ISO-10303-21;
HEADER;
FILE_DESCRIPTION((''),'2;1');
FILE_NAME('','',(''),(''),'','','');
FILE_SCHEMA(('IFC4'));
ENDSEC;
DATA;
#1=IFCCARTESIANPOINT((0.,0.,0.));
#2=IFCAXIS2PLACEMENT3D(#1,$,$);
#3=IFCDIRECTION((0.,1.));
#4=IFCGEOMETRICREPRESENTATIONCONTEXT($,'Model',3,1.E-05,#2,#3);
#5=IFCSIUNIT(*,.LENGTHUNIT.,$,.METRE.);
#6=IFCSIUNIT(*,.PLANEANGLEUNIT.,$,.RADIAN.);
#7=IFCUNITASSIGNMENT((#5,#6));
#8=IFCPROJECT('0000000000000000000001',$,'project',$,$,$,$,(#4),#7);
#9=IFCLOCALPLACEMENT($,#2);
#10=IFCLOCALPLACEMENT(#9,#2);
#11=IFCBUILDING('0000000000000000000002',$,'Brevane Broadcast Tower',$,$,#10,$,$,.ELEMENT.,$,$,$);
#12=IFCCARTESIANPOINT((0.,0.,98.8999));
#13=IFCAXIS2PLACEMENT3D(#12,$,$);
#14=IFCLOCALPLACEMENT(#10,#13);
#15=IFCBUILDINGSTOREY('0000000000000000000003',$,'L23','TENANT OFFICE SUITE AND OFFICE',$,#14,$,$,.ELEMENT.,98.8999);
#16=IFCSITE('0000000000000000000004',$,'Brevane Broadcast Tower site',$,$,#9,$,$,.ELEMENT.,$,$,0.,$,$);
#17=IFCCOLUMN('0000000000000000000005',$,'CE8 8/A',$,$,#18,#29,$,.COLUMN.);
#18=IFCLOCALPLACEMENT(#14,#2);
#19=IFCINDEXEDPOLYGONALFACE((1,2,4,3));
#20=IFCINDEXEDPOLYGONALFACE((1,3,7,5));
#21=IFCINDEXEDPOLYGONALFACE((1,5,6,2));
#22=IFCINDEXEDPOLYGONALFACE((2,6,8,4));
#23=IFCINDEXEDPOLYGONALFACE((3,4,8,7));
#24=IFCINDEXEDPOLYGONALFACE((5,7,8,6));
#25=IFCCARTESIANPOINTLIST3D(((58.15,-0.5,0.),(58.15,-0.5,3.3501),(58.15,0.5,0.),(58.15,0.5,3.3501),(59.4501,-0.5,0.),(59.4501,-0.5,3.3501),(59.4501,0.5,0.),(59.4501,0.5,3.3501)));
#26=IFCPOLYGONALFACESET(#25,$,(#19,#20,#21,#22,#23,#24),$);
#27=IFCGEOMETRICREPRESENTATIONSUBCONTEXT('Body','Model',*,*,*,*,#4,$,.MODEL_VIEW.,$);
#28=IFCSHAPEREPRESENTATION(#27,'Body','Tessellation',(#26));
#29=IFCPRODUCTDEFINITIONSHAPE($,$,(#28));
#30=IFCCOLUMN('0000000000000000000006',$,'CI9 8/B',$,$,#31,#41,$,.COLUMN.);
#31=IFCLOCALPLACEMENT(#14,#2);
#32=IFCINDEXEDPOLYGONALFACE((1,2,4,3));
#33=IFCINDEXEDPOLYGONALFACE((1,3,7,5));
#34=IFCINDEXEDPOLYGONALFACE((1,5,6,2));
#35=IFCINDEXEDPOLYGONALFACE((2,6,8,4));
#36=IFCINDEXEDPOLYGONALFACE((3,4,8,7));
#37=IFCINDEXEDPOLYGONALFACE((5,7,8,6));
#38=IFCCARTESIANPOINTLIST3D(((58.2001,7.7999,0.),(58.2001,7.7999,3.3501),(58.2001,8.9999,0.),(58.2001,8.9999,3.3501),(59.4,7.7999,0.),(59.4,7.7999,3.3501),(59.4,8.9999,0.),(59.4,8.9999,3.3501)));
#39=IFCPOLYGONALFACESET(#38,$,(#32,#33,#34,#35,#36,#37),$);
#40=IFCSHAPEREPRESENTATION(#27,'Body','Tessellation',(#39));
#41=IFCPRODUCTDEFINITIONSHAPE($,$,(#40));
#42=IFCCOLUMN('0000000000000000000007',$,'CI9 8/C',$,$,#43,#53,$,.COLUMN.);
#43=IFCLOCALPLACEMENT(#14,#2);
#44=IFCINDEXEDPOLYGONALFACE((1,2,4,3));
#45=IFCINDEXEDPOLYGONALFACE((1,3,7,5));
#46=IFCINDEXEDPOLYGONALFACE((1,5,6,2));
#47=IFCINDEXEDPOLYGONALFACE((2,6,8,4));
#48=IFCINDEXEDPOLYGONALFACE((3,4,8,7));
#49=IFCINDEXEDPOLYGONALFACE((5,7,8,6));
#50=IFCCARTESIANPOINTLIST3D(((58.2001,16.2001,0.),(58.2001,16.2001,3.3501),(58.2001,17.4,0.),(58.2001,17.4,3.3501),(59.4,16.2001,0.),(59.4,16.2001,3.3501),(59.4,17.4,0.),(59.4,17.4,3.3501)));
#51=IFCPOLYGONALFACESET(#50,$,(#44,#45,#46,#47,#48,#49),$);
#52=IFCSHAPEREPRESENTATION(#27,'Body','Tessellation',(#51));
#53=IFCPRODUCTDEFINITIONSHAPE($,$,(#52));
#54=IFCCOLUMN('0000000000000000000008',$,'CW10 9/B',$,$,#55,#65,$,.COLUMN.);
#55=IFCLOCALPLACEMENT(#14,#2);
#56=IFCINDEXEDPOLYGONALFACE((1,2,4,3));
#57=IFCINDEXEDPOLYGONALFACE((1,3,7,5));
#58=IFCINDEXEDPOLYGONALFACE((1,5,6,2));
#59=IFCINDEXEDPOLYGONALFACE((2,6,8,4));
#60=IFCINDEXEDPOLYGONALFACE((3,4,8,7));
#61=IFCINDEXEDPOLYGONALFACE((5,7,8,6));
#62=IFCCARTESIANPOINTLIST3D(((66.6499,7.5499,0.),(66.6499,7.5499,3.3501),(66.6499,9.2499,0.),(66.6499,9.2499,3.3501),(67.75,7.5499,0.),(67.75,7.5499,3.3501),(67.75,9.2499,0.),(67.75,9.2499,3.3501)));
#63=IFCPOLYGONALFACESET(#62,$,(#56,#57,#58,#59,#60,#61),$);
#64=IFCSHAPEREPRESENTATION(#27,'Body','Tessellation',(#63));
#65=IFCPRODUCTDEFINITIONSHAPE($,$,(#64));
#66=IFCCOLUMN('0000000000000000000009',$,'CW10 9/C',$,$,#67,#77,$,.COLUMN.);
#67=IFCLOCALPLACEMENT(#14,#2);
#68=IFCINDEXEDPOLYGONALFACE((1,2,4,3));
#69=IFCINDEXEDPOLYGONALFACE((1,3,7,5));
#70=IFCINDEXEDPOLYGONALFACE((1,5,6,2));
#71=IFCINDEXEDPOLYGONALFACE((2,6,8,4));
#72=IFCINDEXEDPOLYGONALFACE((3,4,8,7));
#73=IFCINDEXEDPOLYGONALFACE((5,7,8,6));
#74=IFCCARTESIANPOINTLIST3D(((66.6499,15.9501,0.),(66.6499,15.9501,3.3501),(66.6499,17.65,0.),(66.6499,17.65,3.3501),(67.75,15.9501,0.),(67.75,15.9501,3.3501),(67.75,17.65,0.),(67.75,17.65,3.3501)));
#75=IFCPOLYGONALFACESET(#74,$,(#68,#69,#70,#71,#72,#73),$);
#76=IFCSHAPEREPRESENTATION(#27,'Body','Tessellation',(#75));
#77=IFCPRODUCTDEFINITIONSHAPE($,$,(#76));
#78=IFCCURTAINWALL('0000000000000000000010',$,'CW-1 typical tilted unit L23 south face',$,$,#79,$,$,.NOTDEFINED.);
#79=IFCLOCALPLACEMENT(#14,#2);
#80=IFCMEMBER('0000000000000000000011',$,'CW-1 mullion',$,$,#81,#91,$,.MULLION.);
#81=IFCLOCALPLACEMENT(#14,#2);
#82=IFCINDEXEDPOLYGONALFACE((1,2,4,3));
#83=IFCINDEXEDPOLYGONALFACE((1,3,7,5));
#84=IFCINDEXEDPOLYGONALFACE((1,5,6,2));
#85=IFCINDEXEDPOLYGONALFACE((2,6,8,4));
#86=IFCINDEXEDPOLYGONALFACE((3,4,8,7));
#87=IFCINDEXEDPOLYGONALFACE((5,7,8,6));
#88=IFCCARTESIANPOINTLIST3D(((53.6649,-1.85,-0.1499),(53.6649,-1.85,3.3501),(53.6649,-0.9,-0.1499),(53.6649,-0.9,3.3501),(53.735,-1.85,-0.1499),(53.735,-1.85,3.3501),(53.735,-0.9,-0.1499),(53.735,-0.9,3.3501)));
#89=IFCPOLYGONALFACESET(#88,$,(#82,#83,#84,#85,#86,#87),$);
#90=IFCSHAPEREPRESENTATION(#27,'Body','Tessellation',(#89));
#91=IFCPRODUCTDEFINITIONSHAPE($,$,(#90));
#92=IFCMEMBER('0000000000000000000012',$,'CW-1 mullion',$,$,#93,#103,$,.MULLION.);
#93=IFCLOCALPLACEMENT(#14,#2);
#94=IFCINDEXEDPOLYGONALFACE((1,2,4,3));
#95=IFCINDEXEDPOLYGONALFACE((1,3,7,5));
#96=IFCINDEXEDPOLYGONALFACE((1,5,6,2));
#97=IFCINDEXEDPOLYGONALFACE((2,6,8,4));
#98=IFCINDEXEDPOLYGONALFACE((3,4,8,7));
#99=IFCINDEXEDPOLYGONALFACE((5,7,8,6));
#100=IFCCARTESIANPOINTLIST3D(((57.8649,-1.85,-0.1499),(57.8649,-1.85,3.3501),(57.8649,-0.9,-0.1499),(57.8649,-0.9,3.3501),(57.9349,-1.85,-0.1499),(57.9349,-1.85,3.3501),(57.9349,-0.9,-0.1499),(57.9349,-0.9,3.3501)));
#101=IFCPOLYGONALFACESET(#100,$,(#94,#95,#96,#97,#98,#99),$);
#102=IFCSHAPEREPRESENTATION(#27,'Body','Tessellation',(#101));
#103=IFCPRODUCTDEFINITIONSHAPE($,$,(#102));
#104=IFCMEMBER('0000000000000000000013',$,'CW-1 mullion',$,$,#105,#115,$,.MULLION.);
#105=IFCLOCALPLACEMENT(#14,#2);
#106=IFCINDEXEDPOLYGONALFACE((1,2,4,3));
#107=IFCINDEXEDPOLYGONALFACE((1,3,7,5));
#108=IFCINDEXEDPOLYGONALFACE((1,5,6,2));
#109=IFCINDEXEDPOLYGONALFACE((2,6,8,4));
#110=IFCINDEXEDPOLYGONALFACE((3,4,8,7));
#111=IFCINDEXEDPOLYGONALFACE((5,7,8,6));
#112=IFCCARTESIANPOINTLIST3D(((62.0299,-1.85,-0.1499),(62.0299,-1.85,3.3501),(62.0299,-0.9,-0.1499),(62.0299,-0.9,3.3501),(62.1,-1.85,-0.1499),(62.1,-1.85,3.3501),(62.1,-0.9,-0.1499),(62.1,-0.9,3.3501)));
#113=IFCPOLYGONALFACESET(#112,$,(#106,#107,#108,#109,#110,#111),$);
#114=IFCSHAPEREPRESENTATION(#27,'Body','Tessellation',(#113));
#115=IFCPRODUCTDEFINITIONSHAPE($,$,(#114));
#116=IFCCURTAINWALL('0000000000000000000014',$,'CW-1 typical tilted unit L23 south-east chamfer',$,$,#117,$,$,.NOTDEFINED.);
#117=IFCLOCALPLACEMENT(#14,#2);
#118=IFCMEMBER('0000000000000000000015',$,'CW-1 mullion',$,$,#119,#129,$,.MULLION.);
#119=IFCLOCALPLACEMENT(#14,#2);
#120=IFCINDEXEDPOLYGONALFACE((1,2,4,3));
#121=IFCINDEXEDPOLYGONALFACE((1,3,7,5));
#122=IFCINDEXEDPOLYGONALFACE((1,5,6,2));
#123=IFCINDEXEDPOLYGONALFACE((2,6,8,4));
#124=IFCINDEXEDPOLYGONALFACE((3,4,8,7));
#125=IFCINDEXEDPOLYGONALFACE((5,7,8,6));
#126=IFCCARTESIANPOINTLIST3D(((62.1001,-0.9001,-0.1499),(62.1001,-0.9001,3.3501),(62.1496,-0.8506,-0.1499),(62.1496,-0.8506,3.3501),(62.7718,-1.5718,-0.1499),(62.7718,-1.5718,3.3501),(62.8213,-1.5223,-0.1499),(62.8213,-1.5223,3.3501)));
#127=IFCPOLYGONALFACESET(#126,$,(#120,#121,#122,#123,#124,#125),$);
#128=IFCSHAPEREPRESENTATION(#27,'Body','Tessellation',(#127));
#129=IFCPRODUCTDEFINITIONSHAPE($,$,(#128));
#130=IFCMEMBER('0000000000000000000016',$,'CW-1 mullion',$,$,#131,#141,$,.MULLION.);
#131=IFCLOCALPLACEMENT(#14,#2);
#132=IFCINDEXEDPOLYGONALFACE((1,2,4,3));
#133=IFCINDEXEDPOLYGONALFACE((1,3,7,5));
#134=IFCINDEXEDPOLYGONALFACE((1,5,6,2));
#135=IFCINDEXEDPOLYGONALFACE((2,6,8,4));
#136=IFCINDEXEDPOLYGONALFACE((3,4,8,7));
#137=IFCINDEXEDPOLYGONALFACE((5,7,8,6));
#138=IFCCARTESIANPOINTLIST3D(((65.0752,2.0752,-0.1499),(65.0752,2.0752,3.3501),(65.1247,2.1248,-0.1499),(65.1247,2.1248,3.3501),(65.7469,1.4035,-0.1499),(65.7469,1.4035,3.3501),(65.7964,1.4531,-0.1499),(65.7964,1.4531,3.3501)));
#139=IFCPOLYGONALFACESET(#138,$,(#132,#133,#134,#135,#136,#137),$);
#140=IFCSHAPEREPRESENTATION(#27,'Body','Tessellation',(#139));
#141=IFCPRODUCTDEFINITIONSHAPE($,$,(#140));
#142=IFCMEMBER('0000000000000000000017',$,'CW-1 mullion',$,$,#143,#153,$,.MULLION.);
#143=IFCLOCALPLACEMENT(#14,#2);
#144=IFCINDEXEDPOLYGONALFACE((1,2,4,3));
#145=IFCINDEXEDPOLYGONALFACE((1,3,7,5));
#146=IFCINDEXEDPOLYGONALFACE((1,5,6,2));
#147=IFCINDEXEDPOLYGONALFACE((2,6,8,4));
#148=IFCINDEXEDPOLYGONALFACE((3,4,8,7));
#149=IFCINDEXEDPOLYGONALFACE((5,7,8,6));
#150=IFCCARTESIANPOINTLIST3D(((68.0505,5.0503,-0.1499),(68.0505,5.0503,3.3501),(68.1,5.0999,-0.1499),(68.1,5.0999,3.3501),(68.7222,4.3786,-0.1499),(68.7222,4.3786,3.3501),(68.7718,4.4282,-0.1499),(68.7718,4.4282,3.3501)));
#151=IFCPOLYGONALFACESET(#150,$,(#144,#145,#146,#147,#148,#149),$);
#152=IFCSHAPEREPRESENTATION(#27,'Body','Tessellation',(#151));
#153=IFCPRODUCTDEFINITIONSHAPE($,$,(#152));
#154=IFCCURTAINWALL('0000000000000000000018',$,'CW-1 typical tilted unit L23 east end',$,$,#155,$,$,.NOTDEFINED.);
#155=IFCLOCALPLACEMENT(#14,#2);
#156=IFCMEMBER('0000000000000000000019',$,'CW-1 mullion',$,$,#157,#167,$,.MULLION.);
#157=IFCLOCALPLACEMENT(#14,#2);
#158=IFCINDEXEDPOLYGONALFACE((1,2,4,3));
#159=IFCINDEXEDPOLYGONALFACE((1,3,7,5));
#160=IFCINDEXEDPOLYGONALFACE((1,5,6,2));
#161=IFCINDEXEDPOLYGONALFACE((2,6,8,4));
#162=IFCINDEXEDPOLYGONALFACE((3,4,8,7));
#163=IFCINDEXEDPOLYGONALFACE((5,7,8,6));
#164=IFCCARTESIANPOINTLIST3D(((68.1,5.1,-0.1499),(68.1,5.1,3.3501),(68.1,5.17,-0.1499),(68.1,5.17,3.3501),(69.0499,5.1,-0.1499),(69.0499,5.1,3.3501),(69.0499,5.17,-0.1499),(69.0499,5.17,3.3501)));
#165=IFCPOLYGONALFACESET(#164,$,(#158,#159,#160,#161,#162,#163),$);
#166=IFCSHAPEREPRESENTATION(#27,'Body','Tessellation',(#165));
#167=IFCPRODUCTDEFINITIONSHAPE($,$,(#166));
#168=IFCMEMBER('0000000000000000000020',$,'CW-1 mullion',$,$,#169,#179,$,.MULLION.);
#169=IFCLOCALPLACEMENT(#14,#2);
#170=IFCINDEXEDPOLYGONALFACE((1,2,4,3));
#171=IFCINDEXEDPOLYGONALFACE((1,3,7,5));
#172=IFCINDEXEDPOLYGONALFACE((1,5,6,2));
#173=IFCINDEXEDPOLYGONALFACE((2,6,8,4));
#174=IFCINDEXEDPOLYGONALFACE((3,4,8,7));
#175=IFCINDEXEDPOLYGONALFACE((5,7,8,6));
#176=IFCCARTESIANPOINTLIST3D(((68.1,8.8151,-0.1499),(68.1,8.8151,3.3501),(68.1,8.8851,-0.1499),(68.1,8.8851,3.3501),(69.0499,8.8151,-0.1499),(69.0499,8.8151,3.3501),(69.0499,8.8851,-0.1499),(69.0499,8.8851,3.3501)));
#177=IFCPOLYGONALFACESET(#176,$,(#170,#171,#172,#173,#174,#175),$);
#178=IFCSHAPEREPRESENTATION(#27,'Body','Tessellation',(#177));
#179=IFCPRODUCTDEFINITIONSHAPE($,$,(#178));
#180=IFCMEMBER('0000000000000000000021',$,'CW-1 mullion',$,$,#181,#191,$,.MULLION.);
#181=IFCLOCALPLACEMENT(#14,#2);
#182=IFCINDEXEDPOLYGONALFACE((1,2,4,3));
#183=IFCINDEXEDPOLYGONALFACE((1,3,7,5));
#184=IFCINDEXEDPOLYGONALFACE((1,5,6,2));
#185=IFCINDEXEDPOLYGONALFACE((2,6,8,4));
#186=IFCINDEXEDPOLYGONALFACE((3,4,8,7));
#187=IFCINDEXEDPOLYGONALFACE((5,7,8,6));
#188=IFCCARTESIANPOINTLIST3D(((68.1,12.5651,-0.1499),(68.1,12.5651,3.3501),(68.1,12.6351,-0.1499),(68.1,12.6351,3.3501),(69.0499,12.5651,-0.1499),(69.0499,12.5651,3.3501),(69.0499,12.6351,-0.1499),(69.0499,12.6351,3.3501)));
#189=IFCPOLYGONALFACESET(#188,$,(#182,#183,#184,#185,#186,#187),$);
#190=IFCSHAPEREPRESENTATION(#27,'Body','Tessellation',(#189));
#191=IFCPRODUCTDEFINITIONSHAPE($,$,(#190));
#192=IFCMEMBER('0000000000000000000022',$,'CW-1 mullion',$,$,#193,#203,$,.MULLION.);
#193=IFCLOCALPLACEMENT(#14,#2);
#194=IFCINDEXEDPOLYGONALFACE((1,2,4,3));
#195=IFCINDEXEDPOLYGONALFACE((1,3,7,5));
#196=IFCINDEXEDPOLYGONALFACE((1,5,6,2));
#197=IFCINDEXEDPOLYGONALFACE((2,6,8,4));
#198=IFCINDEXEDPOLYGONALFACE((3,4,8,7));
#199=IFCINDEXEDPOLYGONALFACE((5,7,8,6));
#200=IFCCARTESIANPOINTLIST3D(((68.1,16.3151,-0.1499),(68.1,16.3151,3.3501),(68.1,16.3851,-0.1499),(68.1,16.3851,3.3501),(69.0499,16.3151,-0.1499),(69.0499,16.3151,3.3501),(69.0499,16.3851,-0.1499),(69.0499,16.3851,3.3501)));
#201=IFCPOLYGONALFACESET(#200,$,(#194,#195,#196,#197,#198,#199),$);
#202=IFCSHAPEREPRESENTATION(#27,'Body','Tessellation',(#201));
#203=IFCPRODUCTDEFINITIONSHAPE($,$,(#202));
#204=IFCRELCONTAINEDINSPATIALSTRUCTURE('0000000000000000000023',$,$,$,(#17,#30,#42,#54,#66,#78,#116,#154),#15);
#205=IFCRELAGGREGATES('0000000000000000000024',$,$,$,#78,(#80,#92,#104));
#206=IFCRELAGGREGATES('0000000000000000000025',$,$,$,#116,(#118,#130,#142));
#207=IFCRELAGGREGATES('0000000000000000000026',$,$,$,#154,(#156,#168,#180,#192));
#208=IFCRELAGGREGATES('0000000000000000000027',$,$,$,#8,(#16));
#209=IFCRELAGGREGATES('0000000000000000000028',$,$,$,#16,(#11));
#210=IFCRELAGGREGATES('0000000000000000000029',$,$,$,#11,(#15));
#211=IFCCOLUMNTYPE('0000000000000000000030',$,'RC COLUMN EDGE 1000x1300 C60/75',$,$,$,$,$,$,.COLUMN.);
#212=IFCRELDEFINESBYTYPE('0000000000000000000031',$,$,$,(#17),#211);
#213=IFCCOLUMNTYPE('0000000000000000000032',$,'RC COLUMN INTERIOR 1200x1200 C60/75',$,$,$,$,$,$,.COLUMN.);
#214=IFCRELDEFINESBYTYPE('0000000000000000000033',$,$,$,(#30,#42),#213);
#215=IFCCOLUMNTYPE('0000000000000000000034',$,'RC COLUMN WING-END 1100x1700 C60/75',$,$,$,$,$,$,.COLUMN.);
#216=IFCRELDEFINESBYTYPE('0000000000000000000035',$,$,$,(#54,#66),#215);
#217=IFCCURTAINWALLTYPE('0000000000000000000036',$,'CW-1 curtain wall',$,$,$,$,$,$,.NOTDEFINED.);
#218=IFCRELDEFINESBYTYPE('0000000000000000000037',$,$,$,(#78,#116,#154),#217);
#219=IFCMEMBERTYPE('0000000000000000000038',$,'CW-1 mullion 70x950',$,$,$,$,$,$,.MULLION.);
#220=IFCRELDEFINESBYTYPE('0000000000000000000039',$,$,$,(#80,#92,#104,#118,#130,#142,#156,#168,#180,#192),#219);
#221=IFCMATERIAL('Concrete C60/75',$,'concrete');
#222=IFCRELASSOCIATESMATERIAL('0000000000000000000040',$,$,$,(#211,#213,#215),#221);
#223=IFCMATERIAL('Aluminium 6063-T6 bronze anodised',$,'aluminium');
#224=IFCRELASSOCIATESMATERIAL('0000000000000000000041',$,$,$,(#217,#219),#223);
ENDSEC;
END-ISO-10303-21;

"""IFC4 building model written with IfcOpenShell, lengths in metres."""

from ifc_helpers import new_model, si_unit, direction, frame, origin, origin_2d, place, context, subcontext, project, spatial, rectangle, extrude, material, material_profile, profile_set, type_object, element, aggregate, save


model = new_model("IFC4")

# Units and contexts
model_context = context("Model", 3, precision=1e-05, world=origin(), true_north=direction((0.0, 1.0)))
body_context = subcontext(model_context, "Body", "Model", "MODEL_VIEW")
ifc_project = project(units=[si_unit("LENGTHUNIT", "METRE"), si_unit("PLANEANGLEUNIT", "RADIAN")], contexts=[model_context])

# Site, building, storey
site_placement = place(None, origin())
site = spatial("IfcSite", under=ifc_project, at=site_placement, Name="Brevane Broadcast Tower site", CompositionType="ELEMENT", RefElevation=0.0)
building_placement = place(site_placement, origin())
building = spatial("IfcBuilding", under=site, at=building_placement, Name="Brevane Broadcast Tower", CompositionType="ELEMENT")
storey_placement = place(building_placement, frame((0.0, 0.0, 98.8999)))
storey = spatial("IfcBuildingStorey", under=building, at=storey_placement, Name="L23", Description="TENANT OFFICE SUITE AND OFFICE", CompositionType="ELEMENT", Elevation=98.8999)

# Columns
ifc_material_1 = material(Name="Concrete C60/75", Category="concrete")
ifc_material_profile_1 = material_profile(ifc_material_1, rectangle(XDim=1.0, YDim=1.3, at=origin_2d()), Name="RC 1000x1300")
ifc_profile_set_1 = profile_set([ifc_material_profile_1], Name="Concrete C60/75")
column_type_1 = type_object("IfcColumnType", Name="RC COLUMN EDGE 1000x1300 C60/75", PredefinedType="COLUMN", material=ifc_profile_set_1)
column_placement = place(storey_placement, frame((58.8, 0.0, 0.0), z_axis=(0.0, 0.0, 1.0), x_axis=(0.0, 1.0, 0.0)))
element("IfcColumn", 1, at=column_placement, inside=storey, type_object=column_type_1, Name="CE8 8/A", PredefinedType="COLUMN", context=body_context, shape_type="SweptSolid", body=[
    extrude(rectangle(XDim=1.0, YDim=1.3, at=origin_2d()), origin(), (0.0, 0.0, 1.0), 3.3501),
])
ifc_material_profile_2 = material_profile(ifc_material_1, rectangle(XDim=1.2, YDim=1.2, at=origin_2d()), Name="RC 1200x1200")
ifc_profile_set_2 = profile_set([ifc_material_profile_2], Name="Concrete C60/75")
column_type_2 = type_object("IfcColumnType", Name="RC COLUMN INTERIOR 1200x1200 C60/75", PredefinedType="COLUMN", material=ifc_profile_set_2)
for number, where, z_axis, x_axis, name in (
    (2, (58.8, 8.3999, 0.0), (0.0, 0.0, 1.0), (1.0, 0.0, 0.0), "CI9 8/B"),
    (3, (58.8, 16.8, 0.0), (0.0, 0.0, 1.0), (1.0, 0.0, 0.0), "CI9 8/C"),
):
    element("IfcColumn", number, at=place(storey_placement, frame(where, z_axis=z_axis, x_axis=x_axis)), inside=storey, type_object=column_type_2, Name=name, PredefinedType="COLUMN", context=body_context, shape_type="SweptSolid", body=[
        extrude(rectangle(XDim=1.2, YDim=1.2, at=origin_2d()), origin(), (0.0, 0.0, 1.0), 3.3501),
    ])
ifc_material_profile_3 = material_profile(ifc_material_1, rectangle(XDim=1.1001, YDim=1.7, at=origin_2d()), Name="RC 1100x1700")
ifc_profile_set_3 = profile_set([ifc_material_profile_3], Name="Concrete C60/75")
column_type_3 = type_object("IfcColumnType", Name="RC COLUMN WING-END 1100x1700 C60/75", PredefinedType="COLUMN", material=ifc_profile_set_3)
for number, where, z_axis, x_axis, name in (
    (4, (67.2, 8.3999, 0.0), (0.0, 0.0, 1.0), (1.0, 0.0, 0.0), "CW10 9/B"),
    (5, (67.2, 16.8, 0.0), (0.0, 0.0, 1.0), (1.0, 0.0, 0.0), "CW10 9/C"),
):
    element("IfcColumn", number, at=place(storey_placement, frame(where, z_axis=z_axis, x_axis=x_axis)), inside=storey, type_object=column_type_3, Name=name, PredefinedType="COLUMN", context=body_context, shape_type="SweptSolid", body=[
        extrude(rectangle(XDim=1.1001, YDim=1.7, at=origin_2d()), origin(), (0.0, 0.0, 1.0), 3.3501),
    ])

# Curtain walls, members
ifc_material_2 = material(Name="Aluminium 6063-T6 bronze anodised", Category="aluminium")
curtain_wall_type = type_object("IfcCurtainWallType", Name="CW-1 curtain wall", PredefinedType="NOTDEFINED", material=ifc_material_2)
curtain_wall_1_placement = place(storey_placement, origin())
curtain_wall_1 = element("IfcCurtainWall", 6, at=curtain_wall_1_placement, inside=storey, type_object=curtain_wall_type, Name="CW-1 typical tilted unit L23 south face", PredefinedType="NOTDEFINED")
ifc_material_profile_4 = material_profile(ifc_material_2, rectangle(XDim=0.95, YDim=0.0701, at=origin_2d()), Name="RECT 70x950")
ifc_profile_set_4 = profile_set([ifc_material_profile_4], Name="Aluminium 6063-T6 bronze anodised")
member_type_1 = type_object("IfcMemberType", Name="CW-1 mullion 70x950", PredefinedType="MULLION", material=ifc_profile_set_4)
member_1_placement = place(storey_placement, frame((53.7, -1.375, -0.1499), z_axis=(0.0, 0.0, 1.0), x_axis=(0.0, 1.0, 0.0)))
member_1 = element("IfcMember", 7, at=member_1_placement, type_object=member_type_1, Name="CW-1 mullion", PredefinedType="MULLION", context=body_context, shape_type="SweptSolid", body=[
    extrude(rectangle(XDim=0.95, YDim=0.0701, at=origin_2d()), origin(), (0.0, 0.0, 1.0), 3.5),
])
member_2_placement = place(storey_placement, frame((57.8999, -1.375, -0.1499), z_axis=(0.0, 0.0, 1.0), x_axis=(0.0, 1.0, 0.0)))
member_2 = element("IfcMember", 8, at=member_2_placement, type_object=member_type_1, Name="CW-1 mullion", PredefinedType="MULLION", context=body_context, shape_type="SweptSolid", body=[
    extrude(rectangle(XDim=0.95, YDim=0.0701, at=origin_2d()), origin(), (0.0, 0.0, 1.0), 3.5),
])
member_3_placement = place(storey_placement, frame((62.0649, -1.375, -0.1499), z_axis=(0.0, 0.0, 1.0), x_axis=(0.0, 1.0, 0.0)))
member_3 = element("IfcMember", 9, at=member_3_placement, type_object=member_type_1, Name="CW-1 mullion", PredefinedType="MULLION", context=body_context, shape_type="SweptSolid", body=[
    extrude(rectangle(XDim=0.95, YDim=0.0701, at=origin_2d()), origin(), (0.0, 0.0, 1.0), 3.5),
])
aggregate(curtain_wall_1, [member_1, member_2, member_3])
curtain_wall_2_placement = place(storey_placement, origin())
curtain_wall_2 = element("IfcCurtainWall", 10, at=curtain_wall_2_placement, inside=storey, type_object=curtain_wall_type, Name="CW-1 typical tilted unit L23 south-east chamfer", PredefinedType="NOTDEFINED")
member_4_placement = place(storey_placement, frame((62.4607, -1.2112, -0.1499), z_axis=(0.0, 0.0, 1.0), x_axis=(-0.707107, 0.707107, 0.0)))
member_4 = element("IfcMember", 11, at=member_4_placement, type_object=member_type_1, Name="CW-1 mullion", PredefinedType="MULLION", context=body_context, shape_type="SweptSolid", body=[
    extrude(rectangle(XDim=0.95, YDim=0.0701, at=origin_2d()), origin(), (0.0, 0.0, 1.0), 3.5),
])
member_5_placement = place(storey_placement, frame((65.4358, 1.7642, -0.1499), z_axis=(0.0, 0.0, 1.0), x_axis=(-0.707107, 0.707107, 0.0)))
member_5 = element("IfcMember", 12, at=member_5_placement, type_object=member_type_1, Name="CW-1 mullion", PredefinedType="MULLION", context=body_context, shape_type="SweptSolid", body=[
    extrude(rectangle(XDim=0.95, YDim=0.0701, at=origin_2d()), origin(), (0.0, 0.0, 1.0), 3.5),
])
member_6_placement = place(storey_placement, frame((68.4111, 4.7393, -0.1499), z_axis=(0.0, 0.0, 1.0), x_axis=(-0.707107, 0.707107, 0.0)))
member_6 = element("IfcMember", 13, at=member_6_placement, type_object=member_type_1, Name="CW-1 mullion", PredefinedType="MULLION", context=body_context, shape_type="SweptSolid", body=[
    extrude(rectangle(XDim=0.95, YDim=0.0701, at=origin_2d()), origin(), (0.0, 0.0, 1.0), 3.5),
])
curtain_wall_3_placement = place(storey_placement, origin())
curtain_wall_3 = element("IfcCurtainWall", 14, at=curtain_wall_3_placement, inside=storey, type_object=curtain_wall_type, Name="CW-1 typical tilted unit L23 east end", PredefinedType="NOTDEFINED")
member_7_placement = place(storey_placement, frame((68.575, 5.135, -0.1499), z_axis=(0.0, 0.0, 1.0), x_axis=(-1.0, 0.0, 0.0)))
member_7 = element("IfcMember", 15, at=member_7_placement, type_object=member_type_1, Name="CW-1 mullion", PredefinedType="MULLION", context=body_context, shape_type="SweptSolid", body=[
    extrude(rectangle(XDim=0.95, YDim=0.0701, at=origin_2d()), origin(), (0.0, 0.0, 1.0), 3.5),
])
member_8_placement = place(storey_placement, frame((68.575, 8.8501, -0.1499), z_axis=(0.0, 0.0, 1.0), x_axis=(-1.0, 0.0, 0.0)))
member_8 = element("IfcMember", 16, at=member_8_placement, type_object=member_type_1, Name="CW-1 mullion", PredefinedType="MULLION", context=body_context, shape_type="SweptSolid", body=[
    extrude(rectangle(XDim=0.95, YDim=0.0701, at=origin_2d()), origin(), (0.0, 0.0, 1.0), 3.5),
])
member_9_placement = place(storey_placement, frame((68.575, 12.6001, -0.1499), z_axis=(0.0, 0.0, 1.0), x_axis=(-1.0, 0.0, 0.0)))
member_9 = element("IfcMember", 17, at=member_9_placement, type_object=member_type_1, Name="CW-1 mullion", PredefinedType="MULLION", context=body_context, shape_type="SweptSolid", body=[
    extrude(rectangle(XDim=0.95, YDim=0.0701, at=origin_2d()), origin(), (0.0, 0.0, 1.0), 3.5),
])
member_10_placement = place(storey_placement, frame((68.575, 16.3501, -0.1499), z_axis=(0.0, 0.0, 1.0), x_axis=(-1.0, 0.0, 0.0)))
member_10 = element("IfcMember", 18, at=member_10_placement, type_object=member_type_1, Name="CW-1 mullion", PredefinedType="MULLION", context=body_context, shape_type="SweptSolid", body=[
    extrude(rectangle(XDim=0.95, YDim=0.0701, at=origin_2d()), origin(), (0.0, 0.0, 1.0), 3.5),
])

aggregate(curtain_wall_2, [member_4, member_5, member_6])
aggregate(curtain_wall_3, [member_7, member_8, member_9, member_10])

save(model, "model.ifc")
